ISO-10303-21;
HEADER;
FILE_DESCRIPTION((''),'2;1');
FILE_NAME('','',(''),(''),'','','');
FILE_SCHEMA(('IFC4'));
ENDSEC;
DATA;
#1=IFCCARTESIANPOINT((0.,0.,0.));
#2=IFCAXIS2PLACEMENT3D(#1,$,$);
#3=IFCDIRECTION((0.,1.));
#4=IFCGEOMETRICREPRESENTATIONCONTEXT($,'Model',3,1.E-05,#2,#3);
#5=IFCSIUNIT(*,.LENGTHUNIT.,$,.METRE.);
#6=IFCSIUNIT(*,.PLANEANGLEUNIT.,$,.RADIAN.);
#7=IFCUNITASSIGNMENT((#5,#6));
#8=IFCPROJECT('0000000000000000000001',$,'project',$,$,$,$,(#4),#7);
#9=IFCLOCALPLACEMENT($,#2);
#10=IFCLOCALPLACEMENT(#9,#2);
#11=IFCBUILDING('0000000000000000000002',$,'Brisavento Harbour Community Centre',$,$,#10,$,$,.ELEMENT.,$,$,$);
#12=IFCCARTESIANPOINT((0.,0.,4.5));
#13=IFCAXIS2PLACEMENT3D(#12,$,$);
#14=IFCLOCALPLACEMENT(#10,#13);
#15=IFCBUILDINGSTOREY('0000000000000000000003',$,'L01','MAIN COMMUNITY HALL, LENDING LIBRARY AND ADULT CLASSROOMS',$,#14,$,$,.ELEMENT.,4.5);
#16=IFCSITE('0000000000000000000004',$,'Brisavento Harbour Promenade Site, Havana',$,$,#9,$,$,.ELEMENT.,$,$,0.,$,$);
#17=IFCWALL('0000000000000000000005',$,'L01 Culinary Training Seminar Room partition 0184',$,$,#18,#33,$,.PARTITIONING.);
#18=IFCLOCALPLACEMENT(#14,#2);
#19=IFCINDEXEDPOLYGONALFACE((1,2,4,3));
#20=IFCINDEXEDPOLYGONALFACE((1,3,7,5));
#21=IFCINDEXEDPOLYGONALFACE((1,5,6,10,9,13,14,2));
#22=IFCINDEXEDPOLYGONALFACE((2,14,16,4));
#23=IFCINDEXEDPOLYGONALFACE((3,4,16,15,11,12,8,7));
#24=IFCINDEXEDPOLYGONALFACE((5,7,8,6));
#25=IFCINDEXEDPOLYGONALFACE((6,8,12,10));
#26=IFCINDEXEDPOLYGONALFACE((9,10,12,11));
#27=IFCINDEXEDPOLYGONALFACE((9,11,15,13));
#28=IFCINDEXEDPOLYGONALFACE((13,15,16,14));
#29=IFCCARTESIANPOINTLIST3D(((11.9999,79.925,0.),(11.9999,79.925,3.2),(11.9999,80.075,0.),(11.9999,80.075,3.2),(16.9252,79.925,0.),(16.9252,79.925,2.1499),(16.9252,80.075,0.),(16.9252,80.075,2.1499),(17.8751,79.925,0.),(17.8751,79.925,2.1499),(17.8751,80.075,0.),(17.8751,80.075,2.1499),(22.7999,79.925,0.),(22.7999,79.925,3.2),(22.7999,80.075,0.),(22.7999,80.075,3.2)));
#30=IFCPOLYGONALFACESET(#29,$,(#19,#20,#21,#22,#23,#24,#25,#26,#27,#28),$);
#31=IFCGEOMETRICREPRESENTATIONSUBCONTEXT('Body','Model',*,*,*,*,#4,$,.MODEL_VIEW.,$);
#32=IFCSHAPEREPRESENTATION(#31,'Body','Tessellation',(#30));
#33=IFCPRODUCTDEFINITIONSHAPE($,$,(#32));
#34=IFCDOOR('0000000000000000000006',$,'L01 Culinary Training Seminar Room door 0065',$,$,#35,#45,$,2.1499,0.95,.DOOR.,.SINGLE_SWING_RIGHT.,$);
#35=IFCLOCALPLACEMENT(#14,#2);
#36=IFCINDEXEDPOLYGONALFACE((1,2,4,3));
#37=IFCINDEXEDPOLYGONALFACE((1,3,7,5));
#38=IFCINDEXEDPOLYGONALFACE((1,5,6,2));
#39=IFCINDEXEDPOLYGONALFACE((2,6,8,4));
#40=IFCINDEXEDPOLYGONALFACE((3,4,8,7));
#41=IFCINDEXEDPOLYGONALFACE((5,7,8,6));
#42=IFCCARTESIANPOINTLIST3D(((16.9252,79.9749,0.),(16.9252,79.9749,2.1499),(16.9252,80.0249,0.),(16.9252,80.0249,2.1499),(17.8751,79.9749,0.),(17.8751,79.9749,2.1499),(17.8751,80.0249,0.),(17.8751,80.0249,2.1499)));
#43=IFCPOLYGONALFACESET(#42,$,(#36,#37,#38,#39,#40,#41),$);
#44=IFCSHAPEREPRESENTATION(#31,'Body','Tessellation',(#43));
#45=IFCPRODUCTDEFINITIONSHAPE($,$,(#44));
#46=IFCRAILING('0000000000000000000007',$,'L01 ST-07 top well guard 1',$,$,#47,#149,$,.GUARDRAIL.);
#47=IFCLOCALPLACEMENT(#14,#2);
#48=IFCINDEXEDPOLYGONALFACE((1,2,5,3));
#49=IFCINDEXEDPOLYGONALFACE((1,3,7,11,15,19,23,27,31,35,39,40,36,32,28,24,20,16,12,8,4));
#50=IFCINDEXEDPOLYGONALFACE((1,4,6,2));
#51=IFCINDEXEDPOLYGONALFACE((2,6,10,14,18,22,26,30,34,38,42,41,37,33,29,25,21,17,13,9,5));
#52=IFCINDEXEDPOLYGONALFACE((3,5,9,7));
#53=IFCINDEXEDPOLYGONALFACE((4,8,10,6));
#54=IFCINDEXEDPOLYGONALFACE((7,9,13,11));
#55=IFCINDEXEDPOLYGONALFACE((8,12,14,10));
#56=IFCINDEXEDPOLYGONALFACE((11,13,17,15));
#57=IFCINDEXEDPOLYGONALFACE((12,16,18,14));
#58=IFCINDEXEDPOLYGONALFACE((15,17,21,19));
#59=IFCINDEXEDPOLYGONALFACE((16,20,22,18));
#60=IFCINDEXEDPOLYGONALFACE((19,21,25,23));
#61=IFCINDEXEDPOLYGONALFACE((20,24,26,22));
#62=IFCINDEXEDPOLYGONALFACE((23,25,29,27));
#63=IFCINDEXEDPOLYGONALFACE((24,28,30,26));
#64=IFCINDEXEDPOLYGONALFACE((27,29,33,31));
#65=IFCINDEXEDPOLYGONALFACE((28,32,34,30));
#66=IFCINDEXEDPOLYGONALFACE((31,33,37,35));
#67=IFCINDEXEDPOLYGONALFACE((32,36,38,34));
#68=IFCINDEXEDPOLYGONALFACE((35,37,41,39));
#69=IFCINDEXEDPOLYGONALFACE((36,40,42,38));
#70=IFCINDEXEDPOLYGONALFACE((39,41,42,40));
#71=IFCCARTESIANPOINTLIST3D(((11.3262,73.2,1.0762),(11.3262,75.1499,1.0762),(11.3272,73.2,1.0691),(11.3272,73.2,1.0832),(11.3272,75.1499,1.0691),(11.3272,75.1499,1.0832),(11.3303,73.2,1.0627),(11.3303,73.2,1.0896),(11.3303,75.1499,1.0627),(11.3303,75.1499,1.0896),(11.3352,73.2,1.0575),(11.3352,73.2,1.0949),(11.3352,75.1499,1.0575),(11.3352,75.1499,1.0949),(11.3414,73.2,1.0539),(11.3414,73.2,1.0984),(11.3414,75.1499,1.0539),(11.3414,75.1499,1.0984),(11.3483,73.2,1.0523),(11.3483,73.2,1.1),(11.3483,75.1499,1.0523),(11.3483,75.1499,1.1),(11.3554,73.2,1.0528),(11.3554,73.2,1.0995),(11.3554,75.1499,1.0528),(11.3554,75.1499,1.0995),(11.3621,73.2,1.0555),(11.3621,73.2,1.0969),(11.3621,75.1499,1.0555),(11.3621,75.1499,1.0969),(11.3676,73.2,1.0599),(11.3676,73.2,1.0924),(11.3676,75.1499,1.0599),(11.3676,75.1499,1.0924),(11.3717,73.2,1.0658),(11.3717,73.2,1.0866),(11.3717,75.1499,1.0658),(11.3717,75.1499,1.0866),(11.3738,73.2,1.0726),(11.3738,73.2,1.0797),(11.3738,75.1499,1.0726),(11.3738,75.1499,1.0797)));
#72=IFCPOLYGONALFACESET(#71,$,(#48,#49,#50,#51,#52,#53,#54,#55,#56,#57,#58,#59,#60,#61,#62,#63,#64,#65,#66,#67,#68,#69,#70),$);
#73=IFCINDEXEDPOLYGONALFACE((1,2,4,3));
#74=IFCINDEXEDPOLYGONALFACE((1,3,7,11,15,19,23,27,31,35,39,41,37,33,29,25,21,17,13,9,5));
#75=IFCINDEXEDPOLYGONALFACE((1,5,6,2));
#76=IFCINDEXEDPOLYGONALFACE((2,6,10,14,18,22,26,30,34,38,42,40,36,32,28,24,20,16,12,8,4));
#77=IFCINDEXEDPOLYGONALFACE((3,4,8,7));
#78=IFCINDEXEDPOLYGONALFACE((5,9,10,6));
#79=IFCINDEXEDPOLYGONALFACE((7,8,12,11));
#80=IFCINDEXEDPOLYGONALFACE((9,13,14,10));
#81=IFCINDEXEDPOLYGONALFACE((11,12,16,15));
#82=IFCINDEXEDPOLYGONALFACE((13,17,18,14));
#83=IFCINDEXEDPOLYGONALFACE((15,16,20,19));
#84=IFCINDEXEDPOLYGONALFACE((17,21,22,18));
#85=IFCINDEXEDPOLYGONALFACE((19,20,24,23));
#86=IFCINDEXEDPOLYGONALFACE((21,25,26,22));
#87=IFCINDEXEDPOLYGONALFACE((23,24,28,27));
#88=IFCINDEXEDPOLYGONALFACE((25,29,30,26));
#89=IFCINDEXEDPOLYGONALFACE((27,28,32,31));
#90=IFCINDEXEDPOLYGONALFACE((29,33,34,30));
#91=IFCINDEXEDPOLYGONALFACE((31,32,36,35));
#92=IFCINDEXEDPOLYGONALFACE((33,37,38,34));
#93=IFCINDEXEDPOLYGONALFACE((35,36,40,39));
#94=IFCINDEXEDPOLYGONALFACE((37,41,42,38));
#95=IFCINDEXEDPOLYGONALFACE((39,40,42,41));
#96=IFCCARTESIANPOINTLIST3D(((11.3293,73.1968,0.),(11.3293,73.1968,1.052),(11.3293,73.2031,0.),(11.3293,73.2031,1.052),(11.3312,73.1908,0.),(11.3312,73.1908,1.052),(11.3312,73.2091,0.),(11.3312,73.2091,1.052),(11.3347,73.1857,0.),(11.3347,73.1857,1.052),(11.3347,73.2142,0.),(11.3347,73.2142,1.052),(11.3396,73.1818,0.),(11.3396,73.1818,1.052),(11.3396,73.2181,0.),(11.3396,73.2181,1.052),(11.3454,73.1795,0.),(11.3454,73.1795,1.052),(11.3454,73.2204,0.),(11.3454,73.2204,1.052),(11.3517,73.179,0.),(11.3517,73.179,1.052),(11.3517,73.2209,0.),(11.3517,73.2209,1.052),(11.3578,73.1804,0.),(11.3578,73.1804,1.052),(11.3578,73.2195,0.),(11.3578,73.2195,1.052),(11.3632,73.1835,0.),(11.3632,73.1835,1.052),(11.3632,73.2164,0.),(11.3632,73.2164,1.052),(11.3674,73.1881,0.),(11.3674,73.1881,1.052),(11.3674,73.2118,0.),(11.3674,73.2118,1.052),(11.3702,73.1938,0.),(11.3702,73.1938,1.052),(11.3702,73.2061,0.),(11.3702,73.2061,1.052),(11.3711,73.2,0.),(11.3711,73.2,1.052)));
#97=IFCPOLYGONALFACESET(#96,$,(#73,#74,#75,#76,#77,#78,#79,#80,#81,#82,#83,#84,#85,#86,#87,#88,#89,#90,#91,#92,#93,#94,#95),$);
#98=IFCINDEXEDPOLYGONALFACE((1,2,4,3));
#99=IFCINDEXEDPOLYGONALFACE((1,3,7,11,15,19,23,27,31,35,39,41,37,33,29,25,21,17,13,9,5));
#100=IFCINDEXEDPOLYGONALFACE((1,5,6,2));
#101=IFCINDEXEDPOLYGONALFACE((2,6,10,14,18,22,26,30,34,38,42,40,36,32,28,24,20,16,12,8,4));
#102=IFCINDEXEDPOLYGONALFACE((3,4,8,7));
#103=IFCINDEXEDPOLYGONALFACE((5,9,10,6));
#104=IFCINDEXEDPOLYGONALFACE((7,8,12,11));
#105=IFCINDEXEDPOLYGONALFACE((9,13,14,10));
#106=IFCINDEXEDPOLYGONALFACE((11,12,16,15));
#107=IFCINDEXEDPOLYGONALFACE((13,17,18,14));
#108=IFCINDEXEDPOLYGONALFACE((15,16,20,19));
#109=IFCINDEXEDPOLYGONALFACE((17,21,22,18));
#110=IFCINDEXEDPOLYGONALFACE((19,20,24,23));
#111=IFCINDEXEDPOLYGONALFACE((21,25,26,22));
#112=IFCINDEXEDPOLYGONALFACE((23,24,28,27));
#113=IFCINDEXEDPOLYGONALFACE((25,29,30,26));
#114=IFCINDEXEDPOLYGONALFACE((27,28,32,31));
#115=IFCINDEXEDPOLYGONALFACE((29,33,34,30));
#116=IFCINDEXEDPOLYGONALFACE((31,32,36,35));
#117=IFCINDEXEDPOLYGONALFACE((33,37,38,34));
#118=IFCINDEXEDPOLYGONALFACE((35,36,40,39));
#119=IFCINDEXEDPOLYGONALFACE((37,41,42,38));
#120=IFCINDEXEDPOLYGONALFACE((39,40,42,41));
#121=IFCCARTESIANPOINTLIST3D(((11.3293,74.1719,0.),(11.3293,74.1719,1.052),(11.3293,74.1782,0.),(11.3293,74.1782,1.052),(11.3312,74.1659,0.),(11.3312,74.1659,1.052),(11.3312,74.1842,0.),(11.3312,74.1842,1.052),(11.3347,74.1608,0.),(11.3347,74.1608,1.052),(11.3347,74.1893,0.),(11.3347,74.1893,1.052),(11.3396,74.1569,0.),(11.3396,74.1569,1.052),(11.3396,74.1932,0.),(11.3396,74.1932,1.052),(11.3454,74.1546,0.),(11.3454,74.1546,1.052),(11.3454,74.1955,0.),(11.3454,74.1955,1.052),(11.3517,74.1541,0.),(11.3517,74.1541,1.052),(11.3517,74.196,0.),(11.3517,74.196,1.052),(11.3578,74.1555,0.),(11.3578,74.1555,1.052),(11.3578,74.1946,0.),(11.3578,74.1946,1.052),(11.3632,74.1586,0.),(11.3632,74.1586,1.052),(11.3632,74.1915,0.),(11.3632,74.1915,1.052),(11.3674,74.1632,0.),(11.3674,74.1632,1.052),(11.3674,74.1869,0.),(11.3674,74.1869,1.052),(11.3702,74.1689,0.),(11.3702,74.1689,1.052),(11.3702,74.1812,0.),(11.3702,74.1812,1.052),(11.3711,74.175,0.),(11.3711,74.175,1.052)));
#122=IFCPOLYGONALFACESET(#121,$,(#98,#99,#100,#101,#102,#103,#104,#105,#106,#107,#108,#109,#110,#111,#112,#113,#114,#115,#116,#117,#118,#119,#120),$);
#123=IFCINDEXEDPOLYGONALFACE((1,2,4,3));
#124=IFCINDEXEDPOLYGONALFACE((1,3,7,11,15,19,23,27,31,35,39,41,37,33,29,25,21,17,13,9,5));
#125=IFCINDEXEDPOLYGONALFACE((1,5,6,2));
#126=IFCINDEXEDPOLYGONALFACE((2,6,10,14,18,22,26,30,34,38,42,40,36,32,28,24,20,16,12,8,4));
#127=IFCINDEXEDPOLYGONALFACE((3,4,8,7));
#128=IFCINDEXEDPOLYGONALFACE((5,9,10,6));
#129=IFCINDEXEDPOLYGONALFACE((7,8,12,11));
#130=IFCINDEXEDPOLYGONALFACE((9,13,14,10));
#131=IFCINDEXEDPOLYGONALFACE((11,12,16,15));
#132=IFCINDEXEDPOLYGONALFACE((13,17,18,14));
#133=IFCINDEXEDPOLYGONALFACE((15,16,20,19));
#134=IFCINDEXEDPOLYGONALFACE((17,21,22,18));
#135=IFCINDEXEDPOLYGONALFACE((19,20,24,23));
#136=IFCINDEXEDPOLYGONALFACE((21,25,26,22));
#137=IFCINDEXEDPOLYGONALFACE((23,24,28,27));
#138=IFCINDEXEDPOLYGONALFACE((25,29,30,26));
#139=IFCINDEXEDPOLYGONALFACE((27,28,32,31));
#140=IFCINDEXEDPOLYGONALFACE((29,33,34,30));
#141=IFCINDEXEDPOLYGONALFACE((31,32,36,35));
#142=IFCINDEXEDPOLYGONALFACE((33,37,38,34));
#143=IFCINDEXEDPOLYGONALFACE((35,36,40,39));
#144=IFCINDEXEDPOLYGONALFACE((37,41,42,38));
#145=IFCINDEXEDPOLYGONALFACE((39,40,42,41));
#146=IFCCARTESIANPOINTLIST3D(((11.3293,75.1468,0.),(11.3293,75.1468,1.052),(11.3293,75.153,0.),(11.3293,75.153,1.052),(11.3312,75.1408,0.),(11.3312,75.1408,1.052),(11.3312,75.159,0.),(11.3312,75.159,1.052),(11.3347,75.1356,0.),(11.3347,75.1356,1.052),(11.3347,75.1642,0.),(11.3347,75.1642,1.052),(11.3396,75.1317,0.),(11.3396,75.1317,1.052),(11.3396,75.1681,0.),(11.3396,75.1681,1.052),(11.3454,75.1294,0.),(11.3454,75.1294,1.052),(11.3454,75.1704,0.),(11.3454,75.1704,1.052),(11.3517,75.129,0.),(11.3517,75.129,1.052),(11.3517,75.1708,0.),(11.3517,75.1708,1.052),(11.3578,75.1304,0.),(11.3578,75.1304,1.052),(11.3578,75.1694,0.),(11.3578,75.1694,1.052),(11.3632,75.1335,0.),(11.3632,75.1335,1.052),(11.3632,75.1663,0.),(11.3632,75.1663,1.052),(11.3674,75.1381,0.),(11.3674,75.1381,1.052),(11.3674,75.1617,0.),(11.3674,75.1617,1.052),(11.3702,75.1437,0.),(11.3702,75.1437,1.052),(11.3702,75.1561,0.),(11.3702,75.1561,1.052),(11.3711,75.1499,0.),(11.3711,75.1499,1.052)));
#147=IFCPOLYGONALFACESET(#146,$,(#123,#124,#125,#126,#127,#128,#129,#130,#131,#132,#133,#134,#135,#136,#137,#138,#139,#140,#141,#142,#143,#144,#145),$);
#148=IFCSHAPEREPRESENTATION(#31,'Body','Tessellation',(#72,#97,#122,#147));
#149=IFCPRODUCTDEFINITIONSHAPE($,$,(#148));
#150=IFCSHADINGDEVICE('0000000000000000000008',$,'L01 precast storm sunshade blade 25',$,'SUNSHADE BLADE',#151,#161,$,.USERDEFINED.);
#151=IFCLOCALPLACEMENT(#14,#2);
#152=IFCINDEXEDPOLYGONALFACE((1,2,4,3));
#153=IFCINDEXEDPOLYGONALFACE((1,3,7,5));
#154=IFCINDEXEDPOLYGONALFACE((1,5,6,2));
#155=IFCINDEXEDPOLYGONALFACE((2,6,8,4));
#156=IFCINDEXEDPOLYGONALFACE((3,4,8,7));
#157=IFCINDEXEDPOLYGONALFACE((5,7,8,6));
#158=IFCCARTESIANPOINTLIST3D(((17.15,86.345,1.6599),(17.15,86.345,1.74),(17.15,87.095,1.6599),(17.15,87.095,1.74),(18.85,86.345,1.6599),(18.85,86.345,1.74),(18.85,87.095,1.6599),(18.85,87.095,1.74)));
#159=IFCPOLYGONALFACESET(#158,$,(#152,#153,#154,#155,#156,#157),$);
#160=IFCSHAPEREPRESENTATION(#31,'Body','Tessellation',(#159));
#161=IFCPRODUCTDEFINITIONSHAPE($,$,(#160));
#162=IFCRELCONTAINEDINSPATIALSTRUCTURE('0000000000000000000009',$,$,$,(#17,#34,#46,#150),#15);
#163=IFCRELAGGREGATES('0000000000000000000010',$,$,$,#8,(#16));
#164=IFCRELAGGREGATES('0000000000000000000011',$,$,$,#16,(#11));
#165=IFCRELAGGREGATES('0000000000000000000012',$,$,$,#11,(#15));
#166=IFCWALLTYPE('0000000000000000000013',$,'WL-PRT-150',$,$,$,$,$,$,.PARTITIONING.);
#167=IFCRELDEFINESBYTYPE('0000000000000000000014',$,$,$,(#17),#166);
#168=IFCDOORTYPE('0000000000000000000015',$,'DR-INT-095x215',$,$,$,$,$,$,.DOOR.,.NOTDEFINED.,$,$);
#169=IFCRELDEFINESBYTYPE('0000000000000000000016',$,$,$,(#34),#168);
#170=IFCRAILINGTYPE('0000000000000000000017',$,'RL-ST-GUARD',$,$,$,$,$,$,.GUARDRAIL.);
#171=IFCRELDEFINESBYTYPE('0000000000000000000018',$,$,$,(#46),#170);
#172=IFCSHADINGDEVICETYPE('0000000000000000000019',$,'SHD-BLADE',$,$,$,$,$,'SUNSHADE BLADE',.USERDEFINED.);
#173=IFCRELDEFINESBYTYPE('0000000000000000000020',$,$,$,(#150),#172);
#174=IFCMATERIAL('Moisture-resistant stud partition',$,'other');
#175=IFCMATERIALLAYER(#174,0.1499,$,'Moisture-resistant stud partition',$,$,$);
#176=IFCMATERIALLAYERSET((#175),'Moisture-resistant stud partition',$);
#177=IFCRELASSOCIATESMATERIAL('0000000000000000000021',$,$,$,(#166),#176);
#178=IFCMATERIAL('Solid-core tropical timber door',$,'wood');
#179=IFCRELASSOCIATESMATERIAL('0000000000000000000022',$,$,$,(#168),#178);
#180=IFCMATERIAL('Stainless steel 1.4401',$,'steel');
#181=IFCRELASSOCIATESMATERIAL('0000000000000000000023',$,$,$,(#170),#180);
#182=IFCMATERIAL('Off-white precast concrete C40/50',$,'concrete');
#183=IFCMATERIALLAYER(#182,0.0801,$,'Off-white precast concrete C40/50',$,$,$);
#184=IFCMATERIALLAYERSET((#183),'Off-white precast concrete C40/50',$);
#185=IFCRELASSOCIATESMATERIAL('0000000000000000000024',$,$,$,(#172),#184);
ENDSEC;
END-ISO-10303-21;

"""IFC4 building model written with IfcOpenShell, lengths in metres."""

from ifc_helpers import new_model, si_unit, direction, frame, frame_2d, origin, origin_2d, place, context, subcontext, project, spatial, rectangle, circle, extrude, material, layer, layer_set, type_object, element, fill, save


model = new_model("IFC4")

# Units and contexts
model_context = context("Model", 3, precision=1e-05, world=origin(), true_north=direction((0.0, 1.0)))
body_context = subcontext(model_context, "Body", "Model", "MODEL_VIEW")
ifc_project = project(units=[si_unit("LENGTHUNIT", "METRE"), si_unit("PLANEANGLEUNIT", "RADIAN")], contexts=[model_context])

# Site, building, storey
site_placement = place(None, origin())
site = spatial("IfcSite", under=ifc_project, at=site_placement, Name="Brisavento Harbour Promenade Site, Havana", CompositionType="ELEMENT", RefElevation=0.0)
building_placement = place(site_placement, origin())
building = spatial("IfcBuilding", under=site, at=building_placement, Name="Brisavento Harbour Community Centre", CompositionType="ELEMENT")
storey_placement = place(building_placement, frame((0.0, 0.0, 4.5)))
storey = spatial("IfcBuildingStorey", under=building, at=storey_placement, Name="L01", Description="MAIN COMMUNITY HALL, LENDING LIBRARY AND ADULT CLASSROOMS", CompositionType="ELEMENT", Elevation=4.5)

# Wall, opening, door
ifc_material_1 = material(Name="Moisture-resistant stud partition", Category="other")
ifc_layer_1 = layer(ifc_material_1, 0.1499, Name="Moisture-resistant stud partition")
ifc_layer_set_1 = layer_set([ifc_layer_1], Name="Moisture-resistant stud partition")
wall_type_1 = type_object("IfcWallType", Name="WL-PRT-150", PredefinedType="PARTITIONING", material=ifc_layer_set_1)
wall_1_placement = place(storey_placement, frame((12.0, 80.0, 0.0), z_axis=(0.0, 0.0, 1.0), x_axis=(1.0, 0.0, 0.0)))
wall_1 = element("IfcWall", 1, at=wall_1_placement, inside=storey, type_object=wall_type_1, Name="L01 Culinary Training Seminar Room partition 0184", PredefinedType="PARTITIONING", context=body_context, shape_type="SweptSolid", body=[
    extrude(rectangle(XDim=10.8, YDim=0.1499, at=frame_2d((5.3999, 0.0))), origin(), (0.0, 0.0, 1.0), 3.2),
])
opening_1_placement = place(wall_1_placement, frame((4.925, 0.0, 0.0)))
opening_1 = element("IfcOpeningElement", 2, at=opening_1_placement, cuts=wall_1, PredefinedType="OPENING", context=body_context, shape_type="SweptSolid", body=[
    extrude(rectangle(XDim=0.95, YDim=2.1499, at=frame_2d((0.4751, 1.075))), frame((0.0, 0.085, 0.0), z_axis=(0.0, -1.0, 0.0), x_axis=(1.0, 0.0, 0.0)), (0.0, 0.0, 1.0), 0.1699),
])
ifc_material_2 = material(Name="Solid-core tropical timber door", Category="wood")
door_type = type_object("IfcDoorType", Name="DR-INT-095x215", OperationType="NOTDEFINED", PredefinedType="DOOR", material=ifc_material_2)
door_placement = place(opening_1_placement, origin())
door = element("IfcDoor", 3, at=door_placement, inside=storey, type_object=door_type, Name="L01 Culinary Training Seminar Room door 0065", OperationType="SINGLE_SWING_RIGHT", OverallHeight=2.1499, OverallWidth=0.95, PredefinedType="DOOR", context=body_context, shape_type="SweptSolid", body=[
    extrude(rectangle(XDim=0.95, YDim=2.1499, at=frame_2d((0.4751, 1.075))), frame((0.0, 0.0249, 0.0), z_axis=(0.0, -1.0, 0.0), x_axis=(1.0, 0.0, 0.0)), (0.0, 0.0, 1.0), 0.05),
])
fill(opening_1, door)

# Railing
ifc_material_3 = material(Name="Stainless steel 1.4401", Category="steel")
railing_type = type_object("IfcRailingType", Name="RL-ST-GUARD", PredefinedType="GUARDRAIL", material=ifc_material_3)
railing_placement = place(storey_placement, frame((11.3501, 73.2, 0.0)))
element("IfcRailing", 4, at=railing_placement, inside=storey, type_object=railing_type, Name="L01 ST-07 top well guard 1", PredefinedType="GUARDRAIL", context=body_context, shape_type="SweptSolid", body=[
    extrude(circle(Radius=0.0239, at=origin_2d()), frame((0.0, 0.0, 1.0762), z_axis=(0.0, 1.0, 0.0), x_axis=(-1.0, 0.0, 0.0)), (0.0, 0.0, 1.0), 1.95),
    extrude(circle(Radius=0.021, at=origin_2d()), origin(), (0.0, 0.0, 1.0), 1.052),
    extrude(circle(Radius=0.021, at=origin_2d()), frame((0.0, 0.9751, 0.0)), (0.0, 0.0, 1.0), 1.052),
    extrude(circle(Radius=0.021, at=origin_2d()), frame((0.0, 1.95, 0.0)), (0.0, 0.0, 1.0), 1.052),
])

# Shading device
ifc_material_4 = material(Name="Off-white precast concrete C40/50", Category="concrete")
ifc_layer_2 = layer(ifc_material_4, 0.0801, Name="Off-white precast concrete C40/50")
ifc_layer_set_2 = layer_set([ifc_layer_2], Name="Off-white precast concrete C40/50")
shading_device_type = type_object("IfcShadingDeviceType", Name="SHD-BLADE", ElementType="SUNSHADE BLADE", PredefinedType="USERDEFINED", material=ifc_layer_set_2)
shading_device_placement = place(storey_placement, frame((18.0, 86.72, 1.6599), z_axis=(0.0, 0.0, 1.0), x_axis=(1.0, 0.0, 0.0)))
element("IfcShadingDevice", 5, at=shading_device_placement, inside=storey, type_object=shading_device_type, Name="L01 precast storm sunshade blade 25", ObjectType="SUNSHADE BLADE", PredefinedType="USERDEFINED", context=body_context, shape_type="SweptSolid", body=[
    extrude(rectangle(XDim=1.7, YDim=0.75, at=origin_2d()), origin(), (0.0, 0.0, 1.0), 0.0801),
])

save(model, "model.ifc")
